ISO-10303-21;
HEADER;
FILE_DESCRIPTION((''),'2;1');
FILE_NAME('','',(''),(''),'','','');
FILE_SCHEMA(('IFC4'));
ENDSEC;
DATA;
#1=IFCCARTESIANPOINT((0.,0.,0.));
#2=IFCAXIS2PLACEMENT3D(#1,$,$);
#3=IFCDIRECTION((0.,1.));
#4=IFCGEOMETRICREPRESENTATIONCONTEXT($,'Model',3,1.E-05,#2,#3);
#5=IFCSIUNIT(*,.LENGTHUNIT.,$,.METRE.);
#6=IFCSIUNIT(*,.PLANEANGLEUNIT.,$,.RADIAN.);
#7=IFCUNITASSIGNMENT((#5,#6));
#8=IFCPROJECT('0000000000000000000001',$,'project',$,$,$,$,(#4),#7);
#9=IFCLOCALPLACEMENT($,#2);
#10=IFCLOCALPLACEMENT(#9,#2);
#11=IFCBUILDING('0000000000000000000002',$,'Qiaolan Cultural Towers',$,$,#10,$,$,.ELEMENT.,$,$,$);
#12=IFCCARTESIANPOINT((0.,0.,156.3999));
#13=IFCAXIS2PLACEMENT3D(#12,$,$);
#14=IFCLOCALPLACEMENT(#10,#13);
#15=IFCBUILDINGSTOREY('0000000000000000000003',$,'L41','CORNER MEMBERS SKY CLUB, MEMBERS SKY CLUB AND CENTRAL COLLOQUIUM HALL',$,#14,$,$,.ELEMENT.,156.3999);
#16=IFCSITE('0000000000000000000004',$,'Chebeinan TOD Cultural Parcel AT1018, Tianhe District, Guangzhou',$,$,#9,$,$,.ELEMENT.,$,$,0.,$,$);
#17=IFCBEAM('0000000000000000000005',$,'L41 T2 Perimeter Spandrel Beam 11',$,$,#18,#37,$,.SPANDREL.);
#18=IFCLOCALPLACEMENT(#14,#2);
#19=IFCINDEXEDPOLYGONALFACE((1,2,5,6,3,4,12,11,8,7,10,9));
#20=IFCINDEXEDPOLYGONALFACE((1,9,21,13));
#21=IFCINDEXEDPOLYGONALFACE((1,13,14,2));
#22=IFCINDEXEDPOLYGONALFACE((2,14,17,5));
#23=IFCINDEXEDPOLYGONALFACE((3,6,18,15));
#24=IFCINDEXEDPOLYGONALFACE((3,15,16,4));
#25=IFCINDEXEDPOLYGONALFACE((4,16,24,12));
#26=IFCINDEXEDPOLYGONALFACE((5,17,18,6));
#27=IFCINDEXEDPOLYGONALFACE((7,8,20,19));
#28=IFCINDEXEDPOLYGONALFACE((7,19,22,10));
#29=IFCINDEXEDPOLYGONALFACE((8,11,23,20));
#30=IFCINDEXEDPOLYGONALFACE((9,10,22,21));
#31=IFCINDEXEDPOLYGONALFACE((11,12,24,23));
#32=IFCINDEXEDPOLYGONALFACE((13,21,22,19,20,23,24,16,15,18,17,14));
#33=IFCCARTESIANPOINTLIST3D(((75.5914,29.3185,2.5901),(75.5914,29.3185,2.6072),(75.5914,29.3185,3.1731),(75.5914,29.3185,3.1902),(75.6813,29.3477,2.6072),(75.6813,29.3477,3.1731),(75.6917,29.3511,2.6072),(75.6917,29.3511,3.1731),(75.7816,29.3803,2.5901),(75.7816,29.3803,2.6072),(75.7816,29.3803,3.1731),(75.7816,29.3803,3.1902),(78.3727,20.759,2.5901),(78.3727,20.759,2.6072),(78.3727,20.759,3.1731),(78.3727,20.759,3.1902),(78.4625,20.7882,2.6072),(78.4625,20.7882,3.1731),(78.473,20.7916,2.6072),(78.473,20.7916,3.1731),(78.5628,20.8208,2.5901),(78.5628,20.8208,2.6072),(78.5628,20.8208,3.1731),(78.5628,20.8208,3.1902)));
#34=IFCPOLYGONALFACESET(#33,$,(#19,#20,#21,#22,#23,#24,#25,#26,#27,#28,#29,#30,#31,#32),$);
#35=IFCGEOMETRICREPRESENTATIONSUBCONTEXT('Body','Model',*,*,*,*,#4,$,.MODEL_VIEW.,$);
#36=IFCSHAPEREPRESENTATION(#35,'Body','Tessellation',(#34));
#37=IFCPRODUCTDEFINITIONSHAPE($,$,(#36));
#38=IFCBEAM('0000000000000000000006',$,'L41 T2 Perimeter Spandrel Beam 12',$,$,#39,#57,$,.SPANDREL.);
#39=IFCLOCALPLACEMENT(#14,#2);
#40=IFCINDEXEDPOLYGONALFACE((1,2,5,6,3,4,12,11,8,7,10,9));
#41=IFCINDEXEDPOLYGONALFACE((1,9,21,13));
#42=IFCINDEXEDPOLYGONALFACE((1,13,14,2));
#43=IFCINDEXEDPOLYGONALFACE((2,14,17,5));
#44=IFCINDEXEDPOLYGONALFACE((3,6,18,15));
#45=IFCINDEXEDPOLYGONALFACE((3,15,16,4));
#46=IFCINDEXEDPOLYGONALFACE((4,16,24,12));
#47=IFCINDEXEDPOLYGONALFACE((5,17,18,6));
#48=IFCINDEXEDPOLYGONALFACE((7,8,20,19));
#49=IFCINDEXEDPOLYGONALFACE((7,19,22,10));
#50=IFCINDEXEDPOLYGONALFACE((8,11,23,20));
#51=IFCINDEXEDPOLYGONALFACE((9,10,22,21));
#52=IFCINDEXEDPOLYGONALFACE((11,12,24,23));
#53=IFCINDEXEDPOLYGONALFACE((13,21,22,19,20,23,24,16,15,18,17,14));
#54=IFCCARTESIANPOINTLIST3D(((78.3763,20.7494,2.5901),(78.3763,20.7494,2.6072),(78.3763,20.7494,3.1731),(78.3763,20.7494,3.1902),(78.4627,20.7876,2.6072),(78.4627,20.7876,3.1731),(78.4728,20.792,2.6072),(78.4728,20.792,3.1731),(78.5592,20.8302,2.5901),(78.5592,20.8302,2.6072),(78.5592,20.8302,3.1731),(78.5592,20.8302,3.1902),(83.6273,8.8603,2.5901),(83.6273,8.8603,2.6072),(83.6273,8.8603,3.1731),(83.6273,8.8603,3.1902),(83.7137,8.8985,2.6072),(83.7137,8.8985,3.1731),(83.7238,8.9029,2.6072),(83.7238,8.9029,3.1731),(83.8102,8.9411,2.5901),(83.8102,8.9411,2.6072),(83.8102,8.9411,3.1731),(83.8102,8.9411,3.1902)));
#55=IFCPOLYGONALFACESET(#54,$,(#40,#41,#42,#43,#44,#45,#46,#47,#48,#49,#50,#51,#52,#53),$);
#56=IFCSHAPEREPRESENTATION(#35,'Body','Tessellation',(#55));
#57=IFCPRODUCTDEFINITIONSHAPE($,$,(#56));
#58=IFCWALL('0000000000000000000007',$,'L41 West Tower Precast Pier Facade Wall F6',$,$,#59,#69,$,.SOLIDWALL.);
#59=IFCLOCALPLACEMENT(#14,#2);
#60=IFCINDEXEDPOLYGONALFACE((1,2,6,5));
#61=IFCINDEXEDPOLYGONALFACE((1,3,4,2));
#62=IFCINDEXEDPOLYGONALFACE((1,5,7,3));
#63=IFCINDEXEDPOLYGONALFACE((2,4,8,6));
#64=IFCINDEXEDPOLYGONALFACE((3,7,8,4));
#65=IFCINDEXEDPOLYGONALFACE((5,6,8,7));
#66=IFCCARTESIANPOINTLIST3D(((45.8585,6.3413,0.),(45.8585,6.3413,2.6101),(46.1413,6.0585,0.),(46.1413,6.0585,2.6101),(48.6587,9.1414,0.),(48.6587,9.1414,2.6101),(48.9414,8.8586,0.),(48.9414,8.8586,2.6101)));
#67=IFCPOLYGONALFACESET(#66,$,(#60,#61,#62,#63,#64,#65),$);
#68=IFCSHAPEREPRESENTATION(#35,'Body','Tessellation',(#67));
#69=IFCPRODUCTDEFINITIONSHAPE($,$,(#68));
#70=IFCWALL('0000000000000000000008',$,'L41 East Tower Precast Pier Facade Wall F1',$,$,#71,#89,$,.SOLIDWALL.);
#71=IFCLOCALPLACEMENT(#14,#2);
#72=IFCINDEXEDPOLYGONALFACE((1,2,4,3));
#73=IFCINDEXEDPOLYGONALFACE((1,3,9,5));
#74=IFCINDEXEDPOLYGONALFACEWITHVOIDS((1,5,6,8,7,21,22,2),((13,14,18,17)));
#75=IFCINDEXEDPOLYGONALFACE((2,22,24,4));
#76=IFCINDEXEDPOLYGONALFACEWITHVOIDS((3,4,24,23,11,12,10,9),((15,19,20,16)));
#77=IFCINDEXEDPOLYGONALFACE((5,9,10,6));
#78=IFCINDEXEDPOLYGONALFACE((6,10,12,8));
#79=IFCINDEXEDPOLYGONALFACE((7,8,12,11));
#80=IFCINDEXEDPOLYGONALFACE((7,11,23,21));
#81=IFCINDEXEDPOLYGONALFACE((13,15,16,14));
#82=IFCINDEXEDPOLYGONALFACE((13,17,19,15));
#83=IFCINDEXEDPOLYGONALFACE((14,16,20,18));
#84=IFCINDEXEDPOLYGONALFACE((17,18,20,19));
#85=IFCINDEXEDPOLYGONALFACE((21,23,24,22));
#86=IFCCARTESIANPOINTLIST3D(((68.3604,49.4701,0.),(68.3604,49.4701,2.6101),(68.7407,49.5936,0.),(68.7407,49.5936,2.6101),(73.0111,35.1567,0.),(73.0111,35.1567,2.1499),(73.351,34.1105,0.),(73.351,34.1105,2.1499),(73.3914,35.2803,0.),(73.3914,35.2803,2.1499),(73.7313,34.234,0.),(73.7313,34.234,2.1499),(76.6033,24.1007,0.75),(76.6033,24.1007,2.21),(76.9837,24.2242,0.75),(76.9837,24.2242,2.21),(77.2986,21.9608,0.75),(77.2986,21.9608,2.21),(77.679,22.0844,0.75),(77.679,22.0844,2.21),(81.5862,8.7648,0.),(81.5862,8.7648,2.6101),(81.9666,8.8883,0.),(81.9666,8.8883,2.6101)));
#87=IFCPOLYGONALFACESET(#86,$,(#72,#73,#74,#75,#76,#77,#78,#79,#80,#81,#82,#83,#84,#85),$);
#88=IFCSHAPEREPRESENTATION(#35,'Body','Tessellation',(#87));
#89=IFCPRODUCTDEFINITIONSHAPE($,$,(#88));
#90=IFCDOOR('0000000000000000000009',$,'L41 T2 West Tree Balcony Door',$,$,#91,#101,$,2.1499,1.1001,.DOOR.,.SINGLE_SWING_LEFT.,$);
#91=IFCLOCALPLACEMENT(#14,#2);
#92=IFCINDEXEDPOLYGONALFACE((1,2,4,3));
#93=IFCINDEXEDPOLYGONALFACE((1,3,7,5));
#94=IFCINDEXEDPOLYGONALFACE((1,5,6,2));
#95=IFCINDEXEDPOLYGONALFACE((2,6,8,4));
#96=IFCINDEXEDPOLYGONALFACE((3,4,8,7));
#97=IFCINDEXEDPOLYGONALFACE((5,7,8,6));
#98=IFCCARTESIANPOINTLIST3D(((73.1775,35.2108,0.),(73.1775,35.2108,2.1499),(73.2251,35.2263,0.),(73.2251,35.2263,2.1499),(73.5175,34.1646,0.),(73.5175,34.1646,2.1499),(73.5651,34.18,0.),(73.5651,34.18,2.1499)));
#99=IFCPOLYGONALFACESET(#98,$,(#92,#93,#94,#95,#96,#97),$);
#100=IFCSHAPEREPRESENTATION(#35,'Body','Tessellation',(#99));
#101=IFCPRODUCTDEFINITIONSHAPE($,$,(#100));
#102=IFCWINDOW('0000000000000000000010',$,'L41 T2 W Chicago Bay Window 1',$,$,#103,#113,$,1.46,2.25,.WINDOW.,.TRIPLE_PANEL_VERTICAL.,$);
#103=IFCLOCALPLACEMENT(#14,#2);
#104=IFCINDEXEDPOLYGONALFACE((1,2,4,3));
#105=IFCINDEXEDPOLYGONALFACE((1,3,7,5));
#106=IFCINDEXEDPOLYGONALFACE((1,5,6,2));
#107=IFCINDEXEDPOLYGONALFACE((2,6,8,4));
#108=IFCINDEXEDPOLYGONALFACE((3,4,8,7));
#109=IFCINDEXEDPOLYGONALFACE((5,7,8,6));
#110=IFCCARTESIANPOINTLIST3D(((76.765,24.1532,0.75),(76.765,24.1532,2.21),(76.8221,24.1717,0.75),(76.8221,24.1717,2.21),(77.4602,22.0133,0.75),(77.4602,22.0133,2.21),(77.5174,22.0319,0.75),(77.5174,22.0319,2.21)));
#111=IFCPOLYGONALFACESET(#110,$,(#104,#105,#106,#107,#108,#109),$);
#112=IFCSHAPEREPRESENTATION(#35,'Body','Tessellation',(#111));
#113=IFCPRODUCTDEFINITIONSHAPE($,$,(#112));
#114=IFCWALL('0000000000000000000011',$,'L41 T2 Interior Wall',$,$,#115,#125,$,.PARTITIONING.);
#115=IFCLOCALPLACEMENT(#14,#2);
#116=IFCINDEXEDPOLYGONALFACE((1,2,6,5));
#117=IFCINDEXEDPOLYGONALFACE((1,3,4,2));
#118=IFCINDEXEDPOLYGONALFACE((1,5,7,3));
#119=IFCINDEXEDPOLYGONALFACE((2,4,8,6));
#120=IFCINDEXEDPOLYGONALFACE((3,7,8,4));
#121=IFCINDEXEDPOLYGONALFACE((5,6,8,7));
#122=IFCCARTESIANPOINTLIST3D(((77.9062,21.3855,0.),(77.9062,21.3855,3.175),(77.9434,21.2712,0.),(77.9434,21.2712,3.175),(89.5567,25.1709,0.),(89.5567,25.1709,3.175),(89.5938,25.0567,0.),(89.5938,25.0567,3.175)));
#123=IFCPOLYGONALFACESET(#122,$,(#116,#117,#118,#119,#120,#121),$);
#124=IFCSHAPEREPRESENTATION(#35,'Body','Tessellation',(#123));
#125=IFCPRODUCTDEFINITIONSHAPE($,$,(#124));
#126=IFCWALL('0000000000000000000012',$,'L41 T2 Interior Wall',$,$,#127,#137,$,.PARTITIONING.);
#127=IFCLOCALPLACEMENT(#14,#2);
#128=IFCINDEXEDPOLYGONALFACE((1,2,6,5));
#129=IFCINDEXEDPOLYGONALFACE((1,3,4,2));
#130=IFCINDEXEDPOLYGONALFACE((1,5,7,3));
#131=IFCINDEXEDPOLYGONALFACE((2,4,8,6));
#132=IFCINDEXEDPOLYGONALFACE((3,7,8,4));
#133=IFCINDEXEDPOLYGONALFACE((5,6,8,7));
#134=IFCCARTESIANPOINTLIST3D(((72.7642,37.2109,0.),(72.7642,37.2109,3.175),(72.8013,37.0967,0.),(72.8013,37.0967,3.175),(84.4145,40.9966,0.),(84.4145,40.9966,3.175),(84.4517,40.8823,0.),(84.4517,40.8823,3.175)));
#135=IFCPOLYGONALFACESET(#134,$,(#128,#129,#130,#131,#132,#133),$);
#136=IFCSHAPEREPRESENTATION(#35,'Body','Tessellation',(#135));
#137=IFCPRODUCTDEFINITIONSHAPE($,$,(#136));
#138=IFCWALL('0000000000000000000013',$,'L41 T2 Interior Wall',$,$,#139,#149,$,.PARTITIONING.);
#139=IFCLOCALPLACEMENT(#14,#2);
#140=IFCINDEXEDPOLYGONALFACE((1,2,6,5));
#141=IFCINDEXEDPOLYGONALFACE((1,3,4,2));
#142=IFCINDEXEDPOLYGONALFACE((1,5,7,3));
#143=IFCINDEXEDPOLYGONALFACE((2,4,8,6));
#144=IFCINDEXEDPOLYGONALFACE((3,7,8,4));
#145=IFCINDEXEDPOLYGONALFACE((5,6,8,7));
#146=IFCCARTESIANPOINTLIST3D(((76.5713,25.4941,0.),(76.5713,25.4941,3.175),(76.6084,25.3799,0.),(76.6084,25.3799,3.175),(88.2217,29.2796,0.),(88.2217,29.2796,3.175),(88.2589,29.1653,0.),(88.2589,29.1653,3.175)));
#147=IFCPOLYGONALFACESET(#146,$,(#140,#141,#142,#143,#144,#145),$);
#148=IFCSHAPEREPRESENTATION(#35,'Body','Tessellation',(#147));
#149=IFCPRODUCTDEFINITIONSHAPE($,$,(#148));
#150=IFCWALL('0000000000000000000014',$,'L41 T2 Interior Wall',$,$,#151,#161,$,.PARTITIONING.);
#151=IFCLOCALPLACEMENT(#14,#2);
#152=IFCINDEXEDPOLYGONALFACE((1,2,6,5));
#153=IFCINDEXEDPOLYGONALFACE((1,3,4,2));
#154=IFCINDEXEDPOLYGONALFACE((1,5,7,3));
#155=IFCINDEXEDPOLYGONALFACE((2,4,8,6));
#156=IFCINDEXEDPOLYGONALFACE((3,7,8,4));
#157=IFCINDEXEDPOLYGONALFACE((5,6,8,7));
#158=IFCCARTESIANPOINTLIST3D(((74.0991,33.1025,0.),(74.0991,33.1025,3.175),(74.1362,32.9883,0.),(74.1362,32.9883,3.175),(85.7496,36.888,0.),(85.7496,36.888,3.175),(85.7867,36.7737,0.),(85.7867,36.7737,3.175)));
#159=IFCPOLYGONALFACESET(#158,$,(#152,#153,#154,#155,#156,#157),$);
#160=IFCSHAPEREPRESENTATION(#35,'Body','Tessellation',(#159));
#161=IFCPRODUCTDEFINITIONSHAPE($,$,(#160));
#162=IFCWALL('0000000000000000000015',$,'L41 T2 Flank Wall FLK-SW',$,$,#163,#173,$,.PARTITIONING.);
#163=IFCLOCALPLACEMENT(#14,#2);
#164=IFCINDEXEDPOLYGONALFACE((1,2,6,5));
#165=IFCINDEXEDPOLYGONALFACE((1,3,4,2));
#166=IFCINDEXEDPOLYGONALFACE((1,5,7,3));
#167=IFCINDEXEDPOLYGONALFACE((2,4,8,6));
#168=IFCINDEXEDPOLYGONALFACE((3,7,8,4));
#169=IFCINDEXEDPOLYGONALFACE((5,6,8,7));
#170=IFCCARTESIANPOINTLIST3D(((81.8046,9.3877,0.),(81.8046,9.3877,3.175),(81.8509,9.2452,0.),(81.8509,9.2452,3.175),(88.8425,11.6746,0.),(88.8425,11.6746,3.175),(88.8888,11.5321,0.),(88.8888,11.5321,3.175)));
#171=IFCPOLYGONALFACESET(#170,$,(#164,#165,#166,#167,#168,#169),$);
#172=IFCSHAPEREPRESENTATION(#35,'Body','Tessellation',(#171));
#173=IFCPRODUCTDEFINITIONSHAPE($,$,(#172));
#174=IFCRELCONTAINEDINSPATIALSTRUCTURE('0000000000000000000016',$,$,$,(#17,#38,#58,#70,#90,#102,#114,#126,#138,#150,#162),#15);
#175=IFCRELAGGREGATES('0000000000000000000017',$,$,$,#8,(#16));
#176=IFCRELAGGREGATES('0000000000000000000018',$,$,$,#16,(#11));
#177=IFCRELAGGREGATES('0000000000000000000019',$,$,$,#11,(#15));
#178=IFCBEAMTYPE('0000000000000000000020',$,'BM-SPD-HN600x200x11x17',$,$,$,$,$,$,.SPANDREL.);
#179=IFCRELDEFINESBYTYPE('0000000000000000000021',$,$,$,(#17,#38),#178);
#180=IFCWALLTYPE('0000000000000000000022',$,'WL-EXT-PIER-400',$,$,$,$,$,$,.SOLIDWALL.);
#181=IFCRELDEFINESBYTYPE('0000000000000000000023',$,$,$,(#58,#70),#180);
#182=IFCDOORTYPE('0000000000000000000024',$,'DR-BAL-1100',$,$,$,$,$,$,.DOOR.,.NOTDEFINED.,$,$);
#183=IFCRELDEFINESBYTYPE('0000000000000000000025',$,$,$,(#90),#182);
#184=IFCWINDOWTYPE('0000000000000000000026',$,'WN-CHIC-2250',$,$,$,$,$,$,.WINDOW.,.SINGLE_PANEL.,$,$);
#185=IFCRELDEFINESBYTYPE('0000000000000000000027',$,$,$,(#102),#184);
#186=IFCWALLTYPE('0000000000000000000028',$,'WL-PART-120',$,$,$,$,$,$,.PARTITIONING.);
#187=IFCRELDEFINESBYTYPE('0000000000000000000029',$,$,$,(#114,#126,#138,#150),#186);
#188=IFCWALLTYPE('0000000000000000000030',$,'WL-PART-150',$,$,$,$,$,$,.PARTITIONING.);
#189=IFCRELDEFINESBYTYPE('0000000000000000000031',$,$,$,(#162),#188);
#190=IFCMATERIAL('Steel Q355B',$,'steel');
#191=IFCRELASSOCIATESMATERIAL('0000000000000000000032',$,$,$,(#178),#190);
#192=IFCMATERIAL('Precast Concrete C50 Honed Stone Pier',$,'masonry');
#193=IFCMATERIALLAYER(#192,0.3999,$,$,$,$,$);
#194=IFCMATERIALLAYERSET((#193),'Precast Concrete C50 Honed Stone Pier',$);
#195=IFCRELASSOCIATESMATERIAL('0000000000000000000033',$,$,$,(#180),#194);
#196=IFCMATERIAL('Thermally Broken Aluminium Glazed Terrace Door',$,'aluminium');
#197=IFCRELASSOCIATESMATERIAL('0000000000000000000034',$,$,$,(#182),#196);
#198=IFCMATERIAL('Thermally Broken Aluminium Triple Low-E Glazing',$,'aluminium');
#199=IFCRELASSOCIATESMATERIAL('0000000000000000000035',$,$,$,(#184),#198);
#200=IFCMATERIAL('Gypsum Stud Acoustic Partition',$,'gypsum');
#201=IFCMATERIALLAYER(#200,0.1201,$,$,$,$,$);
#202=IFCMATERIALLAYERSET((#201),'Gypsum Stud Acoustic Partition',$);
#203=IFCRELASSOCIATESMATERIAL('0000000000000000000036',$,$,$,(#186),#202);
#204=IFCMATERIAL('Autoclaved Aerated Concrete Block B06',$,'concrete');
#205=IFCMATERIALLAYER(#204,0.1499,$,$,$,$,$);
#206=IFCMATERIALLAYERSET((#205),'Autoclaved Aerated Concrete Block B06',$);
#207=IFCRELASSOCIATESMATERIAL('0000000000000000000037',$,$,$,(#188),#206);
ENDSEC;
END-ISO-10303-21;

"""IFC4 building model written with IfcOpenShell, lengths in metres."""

from ifc_helpers import new_model, si_unit, direction, frame, frame_2d, origin, origin_2d, place, context, subcontext, project, spatial, rectangle, i_section, extrude, material, layer, layer_set, material_profile, profile_set, type_object, element, fill, save


model = new_model("IFC4")

# Units and contexts
model_context = context("Model", 3, precision=1e-05, world=origin(), true_north=direction((0.0, 1.0)))
body_context = subcontext(model_context, "Body", "Model", "MODEL_VIEW")
ifc_project = project(units=[si_unit("LENGTHUNIT", "METRE"), si_unit("PLANEANGLEUNIT", "RADIAN")], contexts=[model_context])

# Site, building, storey
site_placement = place(None, origin())
site = spatial("IfcSite", under=ifc_project, at=site_placement, Name="Chebeinan TOD Cultural Parcel AT1018, Tianhe District, Guangzhou", CompositionType="ELEMENT", RefElevation=0.0)
building_placement = place(site_placement, origin())
building = spatial("IfcBuilding", under=site, at=building_placement, Name="Qiaolan Cultural Towers", CompositionType="ELEMENT")
storey_placement = place(building_placement, frame((0.0, 0.0, 156.3999)))
storey = spatial("IfcBuildingStorey", under=building, at=storey_placement, Name="L41", Description="CORNER MEMBERS SKY CLUB, MEMBERS SKY CLUB AND CENTRAL COLLOQUIUM HALL", CompositionType="ELEMENT", Elevation=156.3999)

# Beams
ifc_material_1 = material(Name="Steel Q355B", Category="steel")
ifc_material_profile_1 = material_profile(ifc_material_1, i_section(OverallWidth=0.2, OverallDepth=0.6001, WebThickness=0.011, FlangeThickness=0.0171, at=origin_2d()), Name="HN600x200x11x17")
ifc_profile_set_1 = profile_set([ifc_material_profile_1], Name="Steel Q355B")
beam_type_1 = type_object("IfcBeamType", Name="BM-SPD-HN600x200x11x17", PredefinedType="SPANDREL", material=ifc_profile_set_1)
beam_1_placement = place(storey_placement, frame((75.6865, 29.3494, 2.8901), z_axis=(0.309025, -0.951054, 0.0), x_axis=(0.951054, 0.309025, 0.0)))
element("IfcBeam", 1, at=beam_1_placement, inside=storey, type_object=beam_type_1, Name="L41 T2 Perimeter Spandrel Beam 11", PredefinedType="SPANDREL", context=body_context, shape_type="SweptSolid", body=[
    extrude(i_section(OverallWidth=0.2, OverallDepth=0.6001, WebThickness=0.011, FlangeThickness=0.0171, at=origin_2d()), origin(), (0.0, 0.0, 1.0), 9.0),
])
beam_2_placement = place(storey_placement, frame((78.4678, 20.7898, 2.8901), z_axis=(0.404011, -0.914754, 0.0), x_axis=(0.914754, 0.404011, 0.0)))
element("IfcBeam", 2, at=beam_2_placement, inside=storey, type_object=beam_type_1, Name="L41 T2 Perimeter Spandrel Beam 12", PredefinedType="SPANDREL", context=body_context, shape_type="SweptSolid", body=[
    extrude(i_section(OverallWidth=0.2, OverallDepth=0.6001, WebThickness=0.011, FlangeThickness=0.0171, at=origin_2d()), origin(), (0.0, 0.0, 1.0), 12.9971),
])

# Wall
ifc_material_2 = material(Name="Precast Concrete C50 Honed Stone Pier", Category="masonry")
ifc_layer_1 = layer(ifc_material_2, 0.3999)
ifc_layer_set_1 = layer_set([ifc_layer_1], Name="Precast Concrete C50 Honed Stone Pier")
wall_type_1 = type_object("IfcWallType", Name="WL-EXT-PIER-400", PredefinedType="SOLIDWALL", material=ifc_layer_set_1)
wall_1_placement = place(storey_placement, frame((48.8, 9.0, 0.0), z_axis=(0.0, 0.0, 1.0), x_axis=(-0.707107, -0.707107, 0.0)))
element("IfcWall", 3, at=wall_1_placement, inside=storey, type_object=wall_type_1, Name="L41 West Tower Precast Pier Facade Wall F6", PredefinedType="SOLIDWALL", context=body_context, shape_type="SweptSolid", body=[
    extrude(rectangle(XDim=3.96, YDim=0.3999, at=frame_2d((1.98, 0.0))), origin(), (0.0, 0.0, 1.0), 2.6101),
])

# Wall, openings, door, window
wall_2_placement = place(storey_placement, frame((81.7764, 8.8267, 0.0), z_axis=(0.0, 0.0, 1.0), x_axis=(-0.309014, 0.951057, 0.0)))
wall_2 = element("IfcWall", 4, at=wall_2_placement, inside=storey, type_object=wall_type_1, Name="L41 East Tower Precast Pier Facade Wall F1", PredefinedType="SOLIDWALL", context=body_context, shape_type="SweptSolid", body=[
    extrude(rectangle(XDim=42.8, YDim=0.3999, at=frame_2d((21.3999, 0.0))), origin(), (0.0, 0.0, 1.0), 2.6101),
])
opening_1_placement = place(wall_2_placement, frame((13.875, 0.0, 0.75)))
opening_1 = element("IfcOpeningElement", 5, at=opening_1_placement, cuts=wall_2, PredefinedType="OPENING", context=body_context, shape_type="SweptSolid", body=[
    extrude(rectangle(XDim=2.25, YDim=1.46, at=frame_2d((1.125, 0.73))), frame((0.0, 0.21, 0.0), z_axis=(0.0, -1.0, 0.0), x_axis=(1.0, 0.0, 0.0)), (0.0, 0.0, 1.0), 0.4199),
])
opening_2_placement = place(wall_2_placement, frame((26.6499, 0.0, 0.0)))
opening_2 = element("IfcOpeningElement", 6, at=opening_2_placement, cuts=wall_2, PredefinedType="OPENING", context=body_context, shape_type="SweptSolid", body=[
    extrude(rectangle(XDim=1.1001, YDim=2.1499, at=frame_2d((0.55, 1.075))), frame((0.0, 0.21, 0.0), z_axis=(0.0, -1.0, 0.0), x_axis=(1.0, 0.0, 0.0)), (0.0, 0.0, 1.0), 0.4199),
])
ifc_material_3 = material(Name="Thermally Broken Aluminium Glazed Terrace Door", Category="aluminium")
door_type_1 = type_object("IfcDoorType", Name="DR-BAL-1100", OperationType="NOTDEFINED", PredefinedType="DOOR", material=ifc_material_3)
door_1_placement = place(opening_2_placement, origin())
door_1 = element("IfcDoor", 7, at=door_1_placement, inside=storey, type_object=door_type_1, Name="L41 T2 West Tree Balcony Door", OperationType="SINGLE_SWING_LEFT", OverallHeight=2.1499, OverallWidth=1.1001, PredefinedType="DOOR", context=body_context, shape_type="SweptSolid", body=[
    extrude(rectangle(XDim=1.1001, YDim=2.1499, at=frame_2d((0.55, 1.075))), frame((0.0, 0.0249, 0.0), z_axis=(0.0, -1.0, 0.0), x_axis=(1.0, 0.0, 0.0)), (0.0, 0.0, 1.0), 0.05),
])
fill(opening_2, door_1)
ifc_material_4 = material(Name="Thermally Broken Aluminium Triple Low-E Glazing", Category="aluminium")
window_type = type_object("IfcWindowType", Name="WN-CHIC-2250", PartitioningType="SINGLE_PANEL", PredefinedType="WINDOW", material=ifc_material_4)
window_placement = place(opening_1_placement, origin())
window = element("IfcWindow", 8, at=window_placement, inside=storey, type_object=window_type, Name="L41 T2 W Chicago Bay Window 1", OverallHeight=1.46, OverallWidth=2.25, PartitioningType="TRIPLE_PANEL_VERTICAL", PredefinedType="WINDOW", context=body_context, shape_type="SweptSolid", body=[
    extrude(rectangle(XDim=2.25, YDim=1.46, at=frame_2d((1.125, 0.73))), frame((0.0, 0.03, 0.0), z_axis=(0.0, -1.0, 0.0), x_axis=(1.0, 0.0, 0.0)), (0.0, 0.0, 1.0), 0.0601),
])
fill(opening_1, window)

# Walls
ifc_material_5 = material(Name="Gypsum Stud Acoustic Partition", Category="gypsum")
ifc_layer_2 = layer(ifc_material_5, 0.1201)
ifc_layer_set_2 = layer_set([ifc_layer_2], Name="Gypsum Stud Acoustic Partition")
wall_type_2 = type_object("IfcWallType", Name="WL-PART-120", PredefinedType="PARTITIONING", material=ifc_layer_set_2)
for number, where, z_axis, x_axis, name in (
    (9, (77.9248, 21.3284, 0.0), (0.0, 0.0, 1.0), (0.951057, 0.309014, 0.0), "L41 T2 Interior Wall"),
    (10, (72.7827, 37.1538, 0.0), (0.0, 0.0, 1.0), (0.951052, 0.309032, 0.0), "L41 T2 Interior Wall"),
    (11, (76.5898, 25.437, 0.0), (0.0, 0.0, 1.0), (0.951057, 0.309014, 0.0), "L41 T2 Interior Wall"),
    (12, (74.1177, 33.0454, 0.0), (0.0, 0.0, 1.0), (0.951057, 0.309014, 0.0), "L41 T2 Interior Wall"),
):
    element("IfcWall", number, at=place(storey_placement, frame(where, z_axis=z_axis, x_axis=x_axis)), inside=storey, type_object=wall_type_2, Name=name, PredefinedType="PARTITIONING", context=body_context, shape_type="SweptSolid", body=[
        extrude(rectangle(XDim=12.25, YDim=0.1201, at=frame_2d((6.125, 0.0))), origin(), (0.0, 0.0, 1.0), 3.175),
    ])
ifc_material_6 = material(Name="Autoclaved Aerated Concrete Block B06", Category="concrete")
ifc_layer_3 = layer(ifc_material_6, 0.1499)
ifc_layer_set_3 = layer_set([ifc_layer_3], Name="Autoclaved Aerated Concrete Block B06")
wall_type_3 = type_object("IfcWallType", Name="WL-PART-150", PredefinedType="PARTITIONING", material=ifc_layer_set_3)
wall_3_placement = place(storey_placement, frame((81.8276, 9.3164, 0.0), z_axis=(0.0, 0.0, 1.0), x_axis=(0.951051, 0.309033, 0.0)))
element("IfcWall", 13, at=wall_3_placement, inside=storey, type_object=wall_type_3, Name="L41 T2 Flank Wall FLK-SW", PredefinedType="PARTITIONING", context=body_context, shape_type="SweptSolid", body=[
    extrude(rectangle(XDim=7.4001, YDim=0.1499, at=frame_2d((3.7002, 0.0))), origin(), (0.0, 0.0, 1.0), 3.175),
])

save(model, "model.ifc")
